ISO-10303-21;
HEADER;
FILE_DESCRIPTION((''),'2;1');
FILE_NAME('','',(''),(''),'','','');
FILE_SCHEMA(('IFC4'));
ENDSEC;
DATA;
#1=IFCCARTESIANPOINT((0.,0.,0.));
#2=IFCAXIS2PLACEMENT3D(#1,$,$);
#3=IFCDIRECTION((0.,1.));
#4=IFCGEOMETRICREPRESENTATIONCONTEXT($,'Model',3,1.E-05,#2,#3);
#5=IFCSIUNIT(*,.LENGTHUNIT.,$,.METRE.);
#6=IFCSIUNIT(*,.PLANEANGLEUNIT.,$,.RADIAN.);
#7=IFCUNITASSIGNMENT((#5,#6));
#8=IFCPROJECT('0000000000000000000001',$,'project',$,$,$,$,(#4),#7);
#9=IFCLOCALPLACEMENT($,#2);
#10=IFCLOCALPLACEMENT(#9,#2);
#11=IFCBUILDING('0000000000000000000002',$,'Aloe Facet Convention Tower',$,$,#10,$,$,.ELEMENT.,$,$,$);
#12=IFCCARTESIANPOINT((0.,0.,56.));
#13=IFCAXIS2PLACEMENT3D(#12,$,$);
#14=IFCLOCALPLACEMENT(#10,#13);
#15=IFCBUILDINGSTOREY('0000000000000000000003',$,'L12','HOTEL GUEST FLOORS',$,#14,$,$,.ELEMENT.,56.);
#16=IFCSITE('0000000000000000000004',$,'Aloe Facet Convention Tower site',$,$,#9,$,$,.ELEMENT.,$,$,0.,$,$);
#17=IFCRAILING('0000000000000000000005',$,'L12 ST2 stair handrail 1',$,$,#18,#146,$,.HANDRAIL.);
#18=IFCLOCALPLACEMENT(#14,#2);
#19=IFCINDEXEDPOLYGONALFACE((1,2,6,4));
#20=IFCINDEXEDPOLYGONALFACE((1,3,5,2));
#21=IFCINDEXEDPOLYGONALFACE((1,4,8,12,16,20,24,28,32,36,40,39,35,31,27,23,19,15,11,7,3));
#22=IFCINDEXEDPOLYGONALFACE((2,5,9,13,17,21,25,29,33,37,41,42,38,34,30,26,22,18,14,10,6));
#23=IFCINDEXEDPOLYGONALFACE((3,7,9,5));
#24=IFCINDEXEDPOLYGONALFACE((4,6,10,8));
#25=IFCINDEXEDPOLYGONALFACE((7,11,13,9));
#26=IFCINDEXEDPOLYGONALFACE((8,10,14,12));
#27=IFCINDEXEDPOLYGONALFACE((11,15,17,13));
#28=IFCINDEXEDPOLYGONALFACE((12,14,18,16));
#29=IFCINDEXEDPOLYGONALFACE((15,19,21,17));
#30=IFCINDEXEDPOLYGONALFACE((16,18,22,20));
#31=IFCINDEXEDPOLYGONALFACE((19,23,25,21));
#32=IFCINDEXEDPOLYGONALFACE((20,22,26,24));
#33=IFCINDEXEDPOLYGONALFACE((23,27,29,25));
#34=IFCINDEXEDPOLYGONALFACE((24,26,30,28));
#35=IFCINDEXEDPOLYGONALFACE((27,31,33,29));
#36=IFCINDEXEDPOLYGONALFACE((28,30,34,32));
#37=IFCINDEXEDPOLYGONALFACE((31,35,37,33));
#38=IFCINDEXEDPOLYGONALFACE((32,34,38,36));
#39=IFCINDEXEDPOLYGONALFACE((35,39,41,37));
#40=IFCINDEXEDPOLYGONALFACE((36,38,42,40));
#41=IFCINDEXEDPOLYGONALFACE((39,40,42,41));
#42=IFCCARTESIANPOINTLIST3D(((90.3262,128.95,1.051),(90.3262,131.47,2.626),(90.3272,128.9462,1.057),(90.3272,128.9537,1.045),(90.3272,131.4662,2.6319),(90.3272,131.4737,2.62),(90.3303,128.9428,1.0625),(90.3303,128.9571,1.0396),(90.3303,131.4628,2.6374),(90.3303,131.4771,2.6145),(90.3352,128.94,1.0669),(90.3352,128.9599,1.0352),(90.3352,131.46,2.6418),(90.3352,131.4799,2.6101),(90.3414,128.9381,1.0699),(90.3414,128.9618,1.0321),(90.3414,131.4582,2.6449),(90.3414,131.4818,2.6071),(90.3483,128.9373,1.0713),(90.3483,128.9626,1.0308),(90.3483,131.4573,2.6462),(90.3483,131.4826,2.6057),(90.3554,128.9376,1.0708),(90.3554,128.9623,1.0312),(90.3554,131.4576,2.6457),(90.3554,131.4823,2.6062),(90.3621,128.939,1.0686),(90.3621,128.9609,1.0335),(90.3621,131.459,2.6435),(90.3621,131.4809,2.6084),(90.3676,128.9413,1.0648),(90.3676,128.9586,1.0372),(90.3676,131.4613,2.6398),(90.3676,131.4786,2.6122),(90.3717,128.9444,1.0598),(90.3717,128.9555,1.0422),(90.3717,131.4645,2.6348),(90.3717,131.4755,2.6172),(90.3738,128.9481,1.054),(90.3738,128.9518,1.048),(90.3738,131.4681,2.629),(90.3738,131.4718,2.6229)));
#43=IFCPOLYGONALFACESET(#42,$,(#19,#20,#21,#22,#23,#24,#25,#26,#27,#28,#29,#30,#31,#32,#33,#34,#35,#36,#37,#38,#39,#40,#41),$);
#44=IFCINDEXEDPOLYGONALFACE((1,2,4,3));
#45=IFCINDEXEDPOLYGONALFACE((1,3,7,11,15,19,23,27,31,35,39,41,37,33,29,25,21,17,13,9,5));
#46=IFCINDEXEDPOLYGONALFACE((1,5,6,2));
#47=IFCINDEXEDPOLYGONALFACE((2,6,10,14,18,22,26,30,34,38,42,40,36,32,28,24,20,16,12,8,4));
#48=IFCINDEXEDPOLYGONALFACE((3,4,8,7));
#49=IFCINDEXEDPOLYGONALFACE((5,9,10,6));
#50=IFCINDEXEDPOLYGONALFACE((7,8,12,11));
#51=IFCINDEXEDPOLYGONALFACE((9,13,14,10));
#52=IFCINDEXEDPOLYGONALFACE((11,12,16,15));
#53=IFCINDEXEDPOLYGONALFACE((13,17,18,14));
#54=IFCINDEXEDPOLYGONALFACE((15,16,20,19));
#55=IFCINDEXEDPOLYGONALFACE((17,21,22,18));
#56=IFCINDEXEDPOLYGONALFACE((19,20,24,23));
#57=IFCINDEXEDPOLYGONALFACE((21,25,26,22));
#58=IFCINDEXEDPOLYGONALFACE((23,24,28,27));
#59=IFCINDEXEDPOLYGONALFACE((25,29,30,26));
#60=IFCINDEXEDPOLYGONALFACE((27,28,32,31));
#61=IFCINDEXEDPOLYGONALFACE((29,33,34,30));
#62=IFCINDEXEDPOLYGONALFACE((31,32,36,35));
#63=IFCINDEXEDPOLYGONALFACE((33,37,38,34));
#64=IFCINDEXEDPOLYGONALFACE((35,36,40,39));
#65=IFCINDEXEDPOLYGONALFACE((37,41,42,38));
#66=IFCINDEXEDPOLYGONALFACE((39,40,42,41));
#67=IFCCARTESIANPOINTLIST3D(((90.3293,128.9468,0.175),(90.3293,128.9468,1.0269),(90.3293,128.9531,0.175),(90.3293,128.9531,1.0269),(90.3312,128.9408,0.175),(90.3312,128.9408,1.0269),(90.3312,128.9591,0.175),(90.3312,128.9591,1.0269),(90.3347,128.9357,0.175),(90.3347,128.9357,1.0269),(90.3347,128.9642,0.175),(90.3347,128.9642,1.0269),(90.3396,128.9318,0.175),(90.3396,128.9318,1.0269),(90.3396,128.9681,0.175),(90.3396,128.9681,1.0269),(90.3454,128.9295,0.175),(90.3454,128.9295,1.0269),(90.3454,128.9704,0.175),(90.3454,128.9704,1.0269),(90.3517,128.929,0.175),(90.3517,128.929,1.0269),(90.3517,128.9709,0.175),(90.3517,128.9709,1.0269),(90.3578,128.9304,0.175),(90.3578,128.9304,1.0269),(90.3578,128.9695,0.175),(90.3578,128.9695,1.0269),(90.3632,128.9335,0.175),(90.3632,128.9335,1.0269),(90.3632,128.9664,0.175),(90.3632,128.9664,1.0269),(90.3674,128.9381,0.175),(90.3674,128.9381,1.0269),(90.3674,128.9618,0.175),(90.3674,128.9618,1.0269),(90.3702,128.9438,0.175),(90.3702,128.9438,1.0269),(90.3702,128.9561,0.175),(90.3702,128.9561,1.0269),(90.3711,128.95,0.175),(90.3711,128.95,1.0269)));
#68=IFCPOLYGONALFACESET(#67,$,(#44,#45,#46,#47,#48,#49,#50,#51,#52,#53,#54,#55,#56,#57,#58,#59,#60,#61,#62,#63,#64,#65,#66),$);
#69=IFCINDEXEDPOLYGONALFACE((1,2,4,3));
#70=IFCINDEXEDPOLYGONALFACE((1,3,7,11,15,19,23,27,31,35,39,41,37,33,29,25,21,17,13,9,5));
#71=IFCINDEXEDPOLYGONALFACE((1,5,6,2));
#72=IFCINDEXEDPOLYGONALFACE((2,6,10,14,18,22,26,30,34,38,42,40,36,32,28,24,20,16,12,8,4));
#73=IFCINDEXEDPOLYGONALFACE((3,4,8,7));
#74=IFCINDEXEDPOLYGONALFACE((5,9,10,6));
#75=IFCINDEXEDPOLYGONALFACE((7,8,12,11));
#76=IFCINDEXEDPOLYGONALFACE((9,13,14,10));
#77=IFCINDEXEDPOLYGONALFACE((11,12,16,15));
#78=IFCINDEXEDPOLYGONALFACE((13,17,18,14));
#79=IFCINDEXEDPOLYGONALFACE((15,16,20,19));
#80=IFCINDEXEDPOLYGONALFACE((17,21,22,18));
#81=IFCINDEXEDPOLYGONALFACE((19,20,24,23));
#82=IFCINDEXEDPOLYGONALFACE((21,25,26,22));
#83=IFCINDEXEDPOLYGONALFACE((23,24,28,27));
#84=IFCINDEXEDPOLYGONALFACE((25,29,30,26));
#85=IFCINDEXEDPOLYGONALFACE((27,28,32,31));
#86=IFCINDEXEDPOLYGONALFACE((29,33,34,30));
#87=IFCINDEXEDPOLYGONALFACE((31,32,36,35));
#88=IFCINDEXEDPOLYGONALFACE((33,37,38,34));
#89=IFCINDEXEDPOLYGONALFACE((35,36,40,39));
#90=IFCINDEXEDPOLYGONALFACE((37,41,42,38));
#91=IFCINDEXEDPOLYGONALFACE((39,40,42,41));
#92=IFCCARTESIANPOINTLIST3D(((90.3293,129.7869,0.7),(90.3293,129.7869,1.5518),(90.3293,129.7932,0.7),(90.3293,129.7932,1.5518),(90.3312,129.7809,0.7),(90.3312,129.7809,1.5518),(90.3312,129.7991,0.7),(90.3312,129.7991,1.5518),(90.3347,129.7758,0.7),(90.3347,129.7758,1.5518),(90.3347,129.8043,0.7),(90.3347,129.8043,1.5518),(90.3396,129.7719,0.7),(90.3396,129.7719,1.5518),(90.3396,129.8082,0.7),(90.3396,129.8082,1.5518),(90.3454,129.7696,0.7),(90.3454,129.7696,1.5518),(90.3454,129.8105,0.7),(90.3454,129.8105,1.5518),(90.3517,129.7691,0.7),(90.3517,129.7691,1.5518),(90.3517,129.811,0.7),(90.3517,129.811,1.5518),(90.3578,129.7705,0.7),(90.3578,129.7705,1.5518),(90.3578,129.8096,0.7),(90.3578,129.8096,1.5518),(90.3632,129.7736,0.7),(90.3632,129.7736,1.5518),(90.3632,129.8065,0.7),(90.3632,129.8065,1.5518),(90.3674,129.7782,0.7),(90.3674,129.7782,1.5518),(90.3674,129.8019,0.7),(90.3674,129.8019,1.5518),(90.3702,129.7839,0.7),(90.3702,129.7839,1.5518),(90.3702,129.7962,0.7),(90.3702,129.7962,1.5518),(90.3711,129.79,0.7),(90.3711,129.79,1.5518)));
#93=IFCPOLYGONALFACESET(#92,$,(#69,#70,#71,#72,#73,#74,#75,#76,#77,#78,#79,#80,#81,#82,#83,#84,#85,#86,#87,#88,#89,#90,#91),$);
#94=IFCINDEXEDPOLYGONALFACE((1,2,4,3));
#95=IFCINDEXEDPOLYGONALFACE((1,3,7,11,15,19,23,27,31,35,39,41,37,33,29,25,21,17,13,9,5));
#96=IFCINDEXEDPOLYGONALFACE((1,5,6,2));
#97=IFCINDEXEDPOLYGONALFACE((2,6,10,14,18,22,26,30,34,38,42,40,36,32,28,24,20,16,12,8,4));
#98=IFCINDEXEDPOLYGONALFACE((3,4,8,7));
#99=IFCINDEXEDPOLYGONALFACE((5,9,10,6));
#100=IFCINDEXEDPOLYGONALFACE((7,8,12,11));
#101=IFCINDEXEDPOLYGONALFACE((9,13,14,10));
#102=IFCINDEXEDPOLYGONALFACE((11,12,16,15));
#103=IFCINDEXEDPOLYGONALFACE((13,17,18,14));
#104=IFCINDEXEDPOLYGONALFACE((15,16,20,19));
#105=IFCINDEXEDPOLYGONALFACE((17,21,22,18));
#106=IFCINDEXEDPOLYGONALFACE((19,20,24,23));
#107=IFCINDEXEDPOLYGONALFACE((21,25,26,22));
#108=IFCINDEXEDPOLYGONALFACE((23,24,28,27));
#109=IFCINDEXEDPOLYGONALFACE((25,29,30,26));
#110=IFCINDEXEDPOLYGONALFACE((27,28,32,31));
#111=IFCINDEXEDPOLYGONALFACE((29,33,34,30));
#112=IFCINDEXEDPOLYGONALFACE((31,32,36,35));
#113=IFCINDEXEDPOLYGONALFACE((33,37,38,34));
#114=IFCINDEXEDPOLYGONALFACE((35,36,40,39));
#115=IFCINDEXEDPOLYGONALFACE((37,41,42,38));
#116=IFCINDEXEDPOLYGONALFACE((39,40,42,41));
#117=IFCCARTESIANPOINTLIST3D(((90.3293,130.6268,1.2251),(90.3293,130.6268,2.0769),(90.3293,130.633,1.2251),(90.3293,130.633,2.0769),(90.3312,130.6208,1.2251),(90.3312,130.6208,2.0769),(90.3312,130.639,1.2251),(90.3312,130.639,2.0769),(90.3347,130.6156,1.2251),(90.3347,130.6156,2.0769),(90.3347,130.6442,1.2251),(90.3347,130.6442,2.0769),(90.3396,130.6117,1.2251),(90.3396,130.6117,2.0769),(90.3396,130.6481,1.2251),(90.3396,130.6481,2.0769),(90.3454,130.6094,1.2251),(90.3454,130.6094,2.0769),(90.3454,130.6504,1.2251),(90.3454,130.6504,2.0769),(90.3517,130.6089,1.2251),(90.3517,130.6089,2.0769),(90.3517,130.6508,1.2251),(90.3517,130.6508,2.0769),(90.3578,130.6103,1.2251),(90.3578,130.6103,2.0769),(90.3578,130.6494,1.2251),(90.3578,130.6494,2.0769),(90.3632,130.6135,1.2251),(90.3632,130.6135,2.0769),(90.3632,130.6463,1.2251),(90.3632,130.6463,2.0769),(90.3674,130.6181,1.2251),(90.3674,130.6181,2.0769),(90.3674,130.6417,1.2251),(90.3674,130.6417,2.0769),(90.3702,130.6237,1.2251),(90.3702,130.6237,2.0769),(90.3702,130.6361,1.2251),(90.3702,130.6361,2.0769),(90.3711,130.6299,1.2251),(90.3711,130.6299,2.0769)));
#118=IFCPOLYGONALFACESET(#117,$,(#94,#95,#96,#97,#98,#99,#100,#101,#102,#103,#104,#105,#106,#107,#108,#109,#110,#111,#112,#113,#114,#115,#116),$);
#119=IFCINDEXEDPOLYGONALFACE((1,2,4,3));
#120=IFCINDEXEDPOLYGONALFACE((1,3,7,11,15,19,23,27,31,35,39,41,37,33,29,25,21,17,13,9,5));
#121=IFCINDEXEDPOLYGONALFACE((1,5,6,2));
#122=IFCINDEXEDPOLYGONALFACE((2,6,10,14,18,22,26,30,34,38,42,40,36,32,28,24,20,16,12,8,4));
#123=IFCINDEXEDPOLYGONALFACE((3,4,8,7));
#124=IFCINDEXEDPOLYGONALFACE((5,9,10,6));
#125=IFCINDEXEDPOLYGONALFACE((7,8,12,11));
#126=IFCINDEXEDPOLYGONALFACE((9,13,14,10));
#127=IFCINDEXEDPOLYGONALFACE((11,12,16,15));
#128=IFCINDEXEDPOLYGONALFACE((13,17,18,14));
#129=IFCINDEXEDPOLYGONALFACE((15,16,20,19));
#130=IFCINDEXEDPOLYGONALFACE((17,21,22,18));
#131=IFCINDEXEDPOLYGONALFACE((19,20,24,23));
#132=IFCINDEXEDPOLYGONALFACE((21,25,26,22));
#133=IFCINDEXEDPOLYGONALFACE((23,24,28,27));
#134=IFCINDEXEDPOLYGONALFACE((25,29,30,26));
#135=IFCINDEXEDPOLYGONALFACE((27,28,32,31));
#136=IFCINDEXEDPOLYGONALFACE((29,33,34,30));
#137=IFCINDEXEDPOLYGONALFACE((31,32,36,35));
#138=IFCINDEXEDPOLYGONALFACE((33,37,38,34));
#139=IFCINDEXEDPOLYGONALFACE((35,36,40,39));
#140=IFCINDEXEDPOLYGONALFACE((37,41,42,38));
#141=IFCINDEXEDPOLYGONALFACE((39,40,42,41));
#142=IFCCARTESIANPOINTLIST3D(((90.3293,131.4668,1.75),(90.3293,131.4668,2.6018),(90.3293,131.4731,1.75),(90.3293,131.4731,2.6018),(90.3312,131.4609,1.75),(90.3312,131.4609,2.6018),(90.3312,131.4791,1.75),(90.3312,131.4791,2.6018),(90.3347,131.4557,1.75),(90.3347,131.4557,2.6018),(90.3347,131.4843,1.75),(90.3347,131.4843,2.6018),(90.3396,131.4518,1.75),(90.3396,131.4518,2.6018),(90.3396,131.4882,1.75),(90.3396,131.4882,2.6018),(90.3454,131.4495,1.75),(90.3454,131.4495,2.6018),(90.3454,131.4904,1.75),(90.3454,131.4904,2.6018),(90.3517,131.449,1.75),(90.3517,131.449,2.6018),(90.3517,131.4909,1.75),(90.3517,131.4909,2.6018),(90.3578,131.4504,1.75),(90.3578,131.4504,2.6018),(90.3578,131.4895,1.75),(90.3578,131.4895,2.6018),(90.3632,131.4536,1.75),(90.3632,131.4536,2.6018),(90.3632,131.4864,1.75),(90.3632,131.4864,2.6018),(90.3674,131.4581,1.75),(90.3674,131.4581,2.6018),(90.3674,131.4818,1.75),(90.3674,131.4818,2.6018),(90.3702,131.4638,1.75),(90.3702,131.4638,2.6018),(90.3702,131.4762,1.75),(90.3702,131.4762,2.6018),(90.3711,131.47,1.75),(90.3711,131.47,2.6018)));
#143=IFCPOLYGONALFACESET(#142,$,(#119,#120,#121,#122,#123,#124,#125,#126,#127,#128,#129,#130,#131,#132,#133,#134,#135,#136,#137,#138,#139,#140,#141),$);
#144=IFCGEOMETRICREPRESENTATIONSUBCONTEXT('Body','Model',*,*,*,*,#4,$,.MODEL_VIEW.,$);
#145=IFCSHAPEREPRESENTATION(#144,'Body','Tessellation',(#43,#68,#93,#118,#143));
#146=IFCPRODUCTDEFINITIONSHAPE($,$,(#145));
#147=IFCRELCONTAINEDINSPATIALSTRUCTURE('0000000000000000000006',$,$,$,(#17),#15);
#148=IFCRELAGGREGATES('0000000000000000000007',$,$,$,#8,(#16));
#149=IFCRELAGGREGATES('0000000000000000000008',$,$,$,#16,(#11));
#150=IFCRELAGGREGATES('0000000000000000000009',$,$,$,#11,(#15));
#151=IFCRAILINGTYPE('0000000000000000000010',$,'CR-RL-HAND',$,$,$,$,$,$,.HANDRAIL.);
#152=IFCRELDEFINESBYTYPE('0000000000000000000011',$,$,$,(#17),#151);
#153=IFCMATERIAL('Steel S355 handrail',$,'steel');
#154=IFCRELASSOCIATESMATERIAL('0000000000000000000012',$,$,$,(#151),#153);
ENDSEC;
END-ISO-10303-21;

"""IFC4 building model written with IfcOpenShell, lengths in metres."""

from ifc_helpers import new_model, si_unit, direction, frame, origin, origin_2d, place, context, subcontext, project, spatial, circle, extrude, material, type_object, element, save


model = new_model("IFC4")

# Units and contexts
model_context = context("Model", 3, precision=1e-05, world=origin(), true_north=direction((0.0, 1.0)))
body_context = subcontext(model_context, "Body", "Model", "MODEL_VIEW")
ifc_project = project(units=[si_unit("LENGTHUNIT", "METRE"), si_unit("PLANEANGLEUNIT", "RADIAN")], contexts=[model_context])

# Site, building, storey
site_placement = place(None, origin())
site = spatial("IfcSite", under=ifc_project, at=site_placement, Name="Aloe Facet Convention Tower site", CompositionType="ELEMENT", RefElevation=0.0)
building_placement = place(site_placement, origin())
building = spatial("IfcBuilding", under=site, at=building_placement, Name="Aloe Facet Convention Tower", CompositionType="ELEMENT")
storey_placement = place(building_placement, frame((0.0, 0.0, 56.0)))
storey = spatial("IfcBuildingStorey", under=building, at=storey_placement, Name="L12", Description="HOTEL GUEST FLOORS", CompositionType="ELEMENT", Elevation=56.0)

# Railing
ifc_material_1 = material(Name="Steel S355 handrail", Category="steel")
railing_type = type_object("IfcRailingType", Name="CR-RL-HAND", PredefinedType="HANDRAIL", material=ifc_material_1)
railing_placement = place(storey_placement, frame((90.3501, 128.95, 0.175)))
element("IfcRailing", 1, at=railing_placement, inside=storey, type_object=railing_type, Name="L12 ST2 stair handrail 1", PredefinedType="HANDRAIL", context=body_context, shape_type="SweptSolid", body=[
    extrude(circle(Radius=0.0239, at=origin_2d()), frame((0.0, 0.0, 0.876), z_axis=(0.0, 0.848008, 0.529984), x_axis=(-1.0, 0.0, 0.0)), (0.0, 0.0, 1.0), 2.9717),
    extrude(circle(Radius=0.021, at=origin_2d()), origin(), (0.0, 0.0, 1.0), 0.8518),
    extrude(circle(Radius=0.021, at=origin_2d()), frame((0.0, 0.8401, 0.5249)), (0.0, 0.0, 1.0), 0.8518),
    extrude(circle(Radius=0.021, at=origin_2d()), frame((0.0, 1.6799, 1.05)), (0.0, 0.0, 1.0), 0.8518),
    extrude(circle(Radius=0.021, at=origin_2d()), frame((0.0, 2.52, 1.575)), (0.0, 0.0, 1.0), 0.8518),
])

save(model, "model.ifc")
